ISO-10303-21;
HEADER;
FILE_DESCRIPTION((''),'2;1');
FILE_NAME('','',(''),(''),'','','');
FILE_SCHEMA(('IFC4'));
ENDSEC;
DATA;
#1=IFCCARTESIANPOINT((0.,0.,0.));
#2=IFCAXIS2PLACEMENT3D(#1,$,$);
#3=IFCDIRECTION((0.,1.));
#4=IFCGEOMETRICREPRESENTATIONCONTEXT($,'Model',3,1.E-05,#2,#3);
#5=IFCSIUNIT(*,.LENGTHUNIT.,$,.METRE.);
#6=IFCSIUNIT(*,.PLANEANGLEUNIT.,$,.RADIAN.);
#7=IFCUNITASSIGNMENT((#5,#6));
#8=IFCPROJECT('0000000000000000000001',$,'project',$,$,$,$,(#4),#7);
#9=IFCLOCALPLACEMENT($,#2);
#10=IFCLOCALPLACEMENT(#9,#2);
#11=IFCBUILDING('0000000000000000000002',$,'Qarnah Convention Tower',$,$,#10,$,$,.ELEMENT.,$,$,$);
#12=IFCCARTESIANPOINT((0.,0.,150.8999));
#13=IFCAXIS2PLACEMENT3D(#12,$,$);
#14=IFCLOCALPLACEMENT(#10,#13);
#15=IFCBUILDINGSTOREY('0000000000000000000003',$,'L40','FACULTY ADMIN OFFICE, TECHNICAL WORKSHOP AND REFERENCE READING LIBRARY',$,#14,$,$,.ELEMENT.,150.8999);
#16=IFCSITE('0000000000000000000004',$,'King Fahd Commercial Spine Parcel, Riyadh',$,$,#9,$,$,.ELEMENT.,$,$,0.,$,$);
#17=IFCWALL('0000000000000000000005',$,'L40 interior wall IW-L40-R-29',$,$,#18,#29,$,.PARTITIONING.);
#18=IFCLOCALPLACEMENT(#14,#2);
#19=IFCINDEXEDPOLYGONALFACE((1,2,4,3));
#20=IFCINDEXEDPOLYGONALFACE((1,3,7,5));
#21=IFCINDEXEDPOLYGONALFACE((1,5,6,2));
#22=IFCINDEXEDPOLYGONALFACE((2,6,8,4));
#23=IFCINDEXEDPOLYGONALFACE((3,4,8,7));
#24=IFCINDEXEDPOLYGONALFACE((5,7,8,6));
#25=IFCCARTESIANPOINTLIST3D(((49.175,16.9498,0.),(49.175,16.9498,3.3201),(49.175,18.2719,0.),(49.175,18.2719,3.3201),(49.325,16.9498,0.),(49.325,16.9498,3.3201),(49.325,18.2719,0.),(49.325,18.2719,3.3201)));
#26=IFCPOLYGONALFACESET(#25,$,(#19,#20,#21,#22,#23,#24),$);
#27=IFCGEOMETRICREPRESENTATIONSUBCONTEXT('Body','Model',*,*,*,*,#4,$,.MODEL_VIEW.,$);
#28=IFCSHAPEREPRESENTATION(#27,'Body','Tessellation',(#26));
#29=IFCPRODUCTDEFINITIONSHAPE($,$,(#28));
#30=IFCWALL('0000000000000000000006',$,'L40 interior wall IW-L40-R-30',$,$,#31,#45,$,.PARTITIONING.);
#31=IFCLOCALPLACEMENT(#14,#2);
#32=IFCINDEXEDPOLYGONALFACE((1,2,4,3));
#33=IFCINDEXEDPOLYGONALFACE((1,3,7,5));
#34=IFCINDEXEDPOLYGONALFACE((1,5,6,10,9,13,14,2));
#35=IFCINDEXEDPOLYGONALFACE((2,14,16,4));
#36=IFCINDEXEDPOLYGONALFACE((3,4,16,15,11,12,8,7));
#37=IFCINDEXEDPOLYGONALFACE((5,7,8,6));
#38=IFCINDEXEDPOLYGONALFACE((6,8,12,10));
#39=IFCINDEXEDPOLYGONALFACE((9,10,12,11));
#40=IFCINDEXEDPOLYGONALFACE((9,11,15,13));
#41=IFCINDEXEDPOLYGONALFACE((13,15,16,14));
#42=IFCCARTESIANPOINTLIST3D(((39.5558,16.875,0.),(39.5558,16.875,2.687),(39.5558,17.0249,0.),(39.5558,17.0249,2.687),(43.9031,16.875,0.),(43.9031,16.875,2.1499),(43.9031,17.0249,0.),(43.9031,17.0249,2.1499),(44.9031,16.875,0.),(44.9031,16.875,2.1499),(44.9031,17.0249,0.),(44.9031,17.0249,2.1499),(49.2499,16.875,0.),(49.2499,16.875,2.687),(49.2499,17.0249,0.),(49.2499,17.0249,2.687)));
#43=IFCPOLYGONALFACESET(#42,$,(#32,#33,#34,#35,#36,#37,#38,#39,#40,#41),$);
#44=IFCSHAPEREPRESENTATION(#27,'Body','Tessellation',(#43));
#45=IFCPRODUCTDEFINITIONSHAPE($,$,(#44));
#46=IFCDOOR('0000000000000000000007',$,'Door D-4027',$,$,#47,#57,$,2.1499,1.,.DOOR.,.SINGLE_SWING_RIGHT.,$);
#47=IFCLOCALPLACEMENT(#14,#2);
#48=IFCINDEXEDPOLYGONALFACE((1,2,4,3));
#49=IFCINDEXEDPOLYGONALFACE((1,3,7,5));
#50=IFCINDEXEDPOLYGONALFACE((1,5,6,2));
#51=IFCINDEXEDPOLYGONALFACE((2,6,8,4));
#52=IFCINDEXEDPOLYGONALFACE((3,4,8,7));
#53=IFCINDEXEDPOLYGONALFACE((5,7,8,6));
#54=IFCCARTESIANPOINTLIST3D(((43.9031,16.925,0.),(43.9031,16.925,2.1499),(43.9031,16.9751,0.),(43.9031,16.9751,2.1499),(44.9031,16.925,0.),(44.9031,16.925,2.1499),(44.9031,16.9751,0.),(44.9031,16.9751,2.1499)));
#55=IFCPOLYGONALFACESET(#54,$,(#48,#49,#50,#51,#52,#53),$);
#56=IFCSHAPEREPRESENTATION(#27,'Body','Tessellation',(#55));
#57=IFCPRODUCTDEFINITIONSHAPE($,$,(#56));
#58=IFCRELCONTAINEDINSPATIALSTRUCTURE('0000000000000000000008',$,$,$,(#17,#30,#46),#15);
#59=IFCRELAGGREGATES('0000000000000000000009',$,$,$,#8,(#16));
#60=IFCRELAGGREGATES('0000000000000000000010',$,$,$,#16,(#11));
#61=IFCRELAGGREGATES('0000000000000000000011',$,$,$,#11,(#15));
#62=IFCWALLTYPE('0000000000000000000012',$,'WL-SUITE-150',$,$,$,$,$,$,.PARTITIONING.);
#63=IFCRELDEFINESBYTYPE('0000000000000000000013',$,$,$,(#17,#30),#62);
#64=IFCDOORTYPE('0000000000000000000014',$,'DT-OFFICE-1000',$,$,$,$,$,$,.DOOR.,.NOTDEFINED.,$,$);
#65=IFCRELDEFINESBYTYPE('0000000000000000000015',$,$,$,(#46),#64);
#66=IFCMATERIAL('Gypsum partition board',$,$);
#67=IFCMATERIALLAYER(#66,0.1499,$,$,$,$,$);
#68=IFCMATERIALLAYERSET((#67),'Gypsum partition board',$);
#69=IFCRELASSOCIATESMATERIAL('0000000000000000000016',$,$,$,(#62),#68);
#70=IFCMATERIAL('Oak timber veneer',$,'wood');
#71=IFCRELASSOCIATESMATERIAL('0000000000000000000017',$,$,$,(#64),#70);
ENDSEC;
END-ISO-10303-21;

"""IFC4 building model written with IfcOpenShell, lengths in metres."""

from ifc_helpers import new_model, si_unit, direction, frame, frame_2d, origin, place, context, subcontext, project, spatial, rectangle, extrude, material, layer, layer_set, type_object, element, fill, save


model = new_model("IFC4")

# Units and contexts
model_context = context("Model", 3, precision=1e-05, world=origin(), true_north=direction((0.0, 1.0)))
body_context = subcontext(model_context, "Body", "Model", "MODEL_VIEW")
ifc_project = project(units=[si_unit("LENGTHUNIT", "METRE"), si_unit("PLANEANGLEUNIT", "RADIAN")], contexts=[model_context])

# Site, building, storey
site_placement = place(None, origin())
site = spatial("IfcSite", under=ifc_project, at=site_placement, Name="King Fahd Commercial Spine Parcel, Riyadh", CompositionType="ELEMENT", RefElevation=0.0)
building_placement = place(site_placement, origin())
building = spatial("IfcBuilding", under=site, at=building_placement, Name="Qarnah Convention Tower", CompositionType="ELEMENT")
storey_placement = place(building_placement, frame((0.0, 0.0, 150.8999)))
storey = spatial("IfcBuildingStorey", under=building, at=storey_placement, Name="L40", Description="FACULTY ADMIN OFFICE, TECHNICAL WORKSHOP AND REFERENCE READING LIBRARY", CompositionType="ELEMENT", Elevation=150.8999)

# Shared definitions
ifc_material_1 = material(Name="Gypsum partition board")
ifc_layer_1 = layer(ifc_material_1, 0.1499)
ifc_layer_set_1 = layer_set([ifc_layer_1], Name="Gypsum partition board")
wall_type_1 = type_object("IfcWallType", Name="WL-SUITE-150", PredefinedType="PARTITIONING", material=ifc_layer_set_1)

# Shared definitions
ifc_material_2 = material(Name="Oak timber veneer", Category="wood")
door_type_1 = type_object("IfcDoorType", Name="DT-OFFICE-1000", OperationType="NOTDEFINED", PredefinedType="DOOR", material=ifc_material_2)

# Wall
wall_1_placement = place(storey_placement, frame((49.25, 18.272, 0.0), z_axis=(0.0, 0.0, 1.0), x_axis=(0.0, -1.0, 0.0)))
element("IfcWall", 1, at=wall_1_placement, inside=storey, type_object=wall_type_1, Name="L40 interior wall IW-L40-R-29", PredefinedType="PARTITIONING", context=body_context, shape_type="SweptSolid", body=[
    extrude(rectangle(XDim=1.322, YDim=0.1499, at=frame_2d((0.6611, 0.0))), origin(), (0.0, 0.0, 1.0), 3.3201),
])

# Wall, opening, door
wall_2_placement = place(storey_placement, frame((49.25, 16.95, 0.0), z_axis=(0.0, 0.0, 1.0), x_axis=(-1.0, 0.0, 0.0)))
wall_2 = element("IfcWall", 2, at=wall_2_placement, inside=storey, type_object=wall_type_1, Name="L40 interior wall IW-L40-R-30", PredefinedType="PARTITIONING", context=body_context, shape_type="SweptSolid", body=[
    extrude(rectangle(XDim=9.6941, YDim=0.1499, at=frame_2d((4.8472, 0.0))), origin(), (0.0, 0.0, 1.0), 2.687),
])
opening_1_placement = place(wall_2_placement, frame((4.3469, 0.0, 0.0)))
opening_1 = element("IfcOpeningElement", 3, at=opening_1_placement, cuts=wall_2, PredefinedType="OPENING", context=body_context, shape_type="SweptSolid", body=[
    extrude(rectangle(XDim=1.0, YDim=2.1499, at=frame_2d((0.5, 1.075))), frame((0.0, 0.085, 0.0), z_axis=(0.0, -1.0, 0.0), x_axis=(1.0, 0.0, 0.0)), (0.0, 0.0, 1.0), 0.1699),
])
door_1_placement = place(opening_1_placement, origin())
door_1 = element("IfcDoor", 4, at=door_1_placement, inside=storey, type_object=door_type_1, Name="Door D-4027", OperationType="SINGLE_SWING_RIGHT", OverallHeight=2.1499, OverallWidth=1.0, PredefinedType="DOOR", context=body_context, shape_type="SweptSolid", body=[
    extrude(rectangle(XDim=1.0, YDim=2.1499, at=frame_2d((0.5, 1.075))), frame((0.0, 0.0249, 0.0), z_axis=(0.0, -1.0, 0.0), x_axis=(1.0, 0.0, 0.0)), (0.0, 0.0, 1.0), 0.05),
])
fill(opening_1, door_1)

save(model, "model.ifc")
